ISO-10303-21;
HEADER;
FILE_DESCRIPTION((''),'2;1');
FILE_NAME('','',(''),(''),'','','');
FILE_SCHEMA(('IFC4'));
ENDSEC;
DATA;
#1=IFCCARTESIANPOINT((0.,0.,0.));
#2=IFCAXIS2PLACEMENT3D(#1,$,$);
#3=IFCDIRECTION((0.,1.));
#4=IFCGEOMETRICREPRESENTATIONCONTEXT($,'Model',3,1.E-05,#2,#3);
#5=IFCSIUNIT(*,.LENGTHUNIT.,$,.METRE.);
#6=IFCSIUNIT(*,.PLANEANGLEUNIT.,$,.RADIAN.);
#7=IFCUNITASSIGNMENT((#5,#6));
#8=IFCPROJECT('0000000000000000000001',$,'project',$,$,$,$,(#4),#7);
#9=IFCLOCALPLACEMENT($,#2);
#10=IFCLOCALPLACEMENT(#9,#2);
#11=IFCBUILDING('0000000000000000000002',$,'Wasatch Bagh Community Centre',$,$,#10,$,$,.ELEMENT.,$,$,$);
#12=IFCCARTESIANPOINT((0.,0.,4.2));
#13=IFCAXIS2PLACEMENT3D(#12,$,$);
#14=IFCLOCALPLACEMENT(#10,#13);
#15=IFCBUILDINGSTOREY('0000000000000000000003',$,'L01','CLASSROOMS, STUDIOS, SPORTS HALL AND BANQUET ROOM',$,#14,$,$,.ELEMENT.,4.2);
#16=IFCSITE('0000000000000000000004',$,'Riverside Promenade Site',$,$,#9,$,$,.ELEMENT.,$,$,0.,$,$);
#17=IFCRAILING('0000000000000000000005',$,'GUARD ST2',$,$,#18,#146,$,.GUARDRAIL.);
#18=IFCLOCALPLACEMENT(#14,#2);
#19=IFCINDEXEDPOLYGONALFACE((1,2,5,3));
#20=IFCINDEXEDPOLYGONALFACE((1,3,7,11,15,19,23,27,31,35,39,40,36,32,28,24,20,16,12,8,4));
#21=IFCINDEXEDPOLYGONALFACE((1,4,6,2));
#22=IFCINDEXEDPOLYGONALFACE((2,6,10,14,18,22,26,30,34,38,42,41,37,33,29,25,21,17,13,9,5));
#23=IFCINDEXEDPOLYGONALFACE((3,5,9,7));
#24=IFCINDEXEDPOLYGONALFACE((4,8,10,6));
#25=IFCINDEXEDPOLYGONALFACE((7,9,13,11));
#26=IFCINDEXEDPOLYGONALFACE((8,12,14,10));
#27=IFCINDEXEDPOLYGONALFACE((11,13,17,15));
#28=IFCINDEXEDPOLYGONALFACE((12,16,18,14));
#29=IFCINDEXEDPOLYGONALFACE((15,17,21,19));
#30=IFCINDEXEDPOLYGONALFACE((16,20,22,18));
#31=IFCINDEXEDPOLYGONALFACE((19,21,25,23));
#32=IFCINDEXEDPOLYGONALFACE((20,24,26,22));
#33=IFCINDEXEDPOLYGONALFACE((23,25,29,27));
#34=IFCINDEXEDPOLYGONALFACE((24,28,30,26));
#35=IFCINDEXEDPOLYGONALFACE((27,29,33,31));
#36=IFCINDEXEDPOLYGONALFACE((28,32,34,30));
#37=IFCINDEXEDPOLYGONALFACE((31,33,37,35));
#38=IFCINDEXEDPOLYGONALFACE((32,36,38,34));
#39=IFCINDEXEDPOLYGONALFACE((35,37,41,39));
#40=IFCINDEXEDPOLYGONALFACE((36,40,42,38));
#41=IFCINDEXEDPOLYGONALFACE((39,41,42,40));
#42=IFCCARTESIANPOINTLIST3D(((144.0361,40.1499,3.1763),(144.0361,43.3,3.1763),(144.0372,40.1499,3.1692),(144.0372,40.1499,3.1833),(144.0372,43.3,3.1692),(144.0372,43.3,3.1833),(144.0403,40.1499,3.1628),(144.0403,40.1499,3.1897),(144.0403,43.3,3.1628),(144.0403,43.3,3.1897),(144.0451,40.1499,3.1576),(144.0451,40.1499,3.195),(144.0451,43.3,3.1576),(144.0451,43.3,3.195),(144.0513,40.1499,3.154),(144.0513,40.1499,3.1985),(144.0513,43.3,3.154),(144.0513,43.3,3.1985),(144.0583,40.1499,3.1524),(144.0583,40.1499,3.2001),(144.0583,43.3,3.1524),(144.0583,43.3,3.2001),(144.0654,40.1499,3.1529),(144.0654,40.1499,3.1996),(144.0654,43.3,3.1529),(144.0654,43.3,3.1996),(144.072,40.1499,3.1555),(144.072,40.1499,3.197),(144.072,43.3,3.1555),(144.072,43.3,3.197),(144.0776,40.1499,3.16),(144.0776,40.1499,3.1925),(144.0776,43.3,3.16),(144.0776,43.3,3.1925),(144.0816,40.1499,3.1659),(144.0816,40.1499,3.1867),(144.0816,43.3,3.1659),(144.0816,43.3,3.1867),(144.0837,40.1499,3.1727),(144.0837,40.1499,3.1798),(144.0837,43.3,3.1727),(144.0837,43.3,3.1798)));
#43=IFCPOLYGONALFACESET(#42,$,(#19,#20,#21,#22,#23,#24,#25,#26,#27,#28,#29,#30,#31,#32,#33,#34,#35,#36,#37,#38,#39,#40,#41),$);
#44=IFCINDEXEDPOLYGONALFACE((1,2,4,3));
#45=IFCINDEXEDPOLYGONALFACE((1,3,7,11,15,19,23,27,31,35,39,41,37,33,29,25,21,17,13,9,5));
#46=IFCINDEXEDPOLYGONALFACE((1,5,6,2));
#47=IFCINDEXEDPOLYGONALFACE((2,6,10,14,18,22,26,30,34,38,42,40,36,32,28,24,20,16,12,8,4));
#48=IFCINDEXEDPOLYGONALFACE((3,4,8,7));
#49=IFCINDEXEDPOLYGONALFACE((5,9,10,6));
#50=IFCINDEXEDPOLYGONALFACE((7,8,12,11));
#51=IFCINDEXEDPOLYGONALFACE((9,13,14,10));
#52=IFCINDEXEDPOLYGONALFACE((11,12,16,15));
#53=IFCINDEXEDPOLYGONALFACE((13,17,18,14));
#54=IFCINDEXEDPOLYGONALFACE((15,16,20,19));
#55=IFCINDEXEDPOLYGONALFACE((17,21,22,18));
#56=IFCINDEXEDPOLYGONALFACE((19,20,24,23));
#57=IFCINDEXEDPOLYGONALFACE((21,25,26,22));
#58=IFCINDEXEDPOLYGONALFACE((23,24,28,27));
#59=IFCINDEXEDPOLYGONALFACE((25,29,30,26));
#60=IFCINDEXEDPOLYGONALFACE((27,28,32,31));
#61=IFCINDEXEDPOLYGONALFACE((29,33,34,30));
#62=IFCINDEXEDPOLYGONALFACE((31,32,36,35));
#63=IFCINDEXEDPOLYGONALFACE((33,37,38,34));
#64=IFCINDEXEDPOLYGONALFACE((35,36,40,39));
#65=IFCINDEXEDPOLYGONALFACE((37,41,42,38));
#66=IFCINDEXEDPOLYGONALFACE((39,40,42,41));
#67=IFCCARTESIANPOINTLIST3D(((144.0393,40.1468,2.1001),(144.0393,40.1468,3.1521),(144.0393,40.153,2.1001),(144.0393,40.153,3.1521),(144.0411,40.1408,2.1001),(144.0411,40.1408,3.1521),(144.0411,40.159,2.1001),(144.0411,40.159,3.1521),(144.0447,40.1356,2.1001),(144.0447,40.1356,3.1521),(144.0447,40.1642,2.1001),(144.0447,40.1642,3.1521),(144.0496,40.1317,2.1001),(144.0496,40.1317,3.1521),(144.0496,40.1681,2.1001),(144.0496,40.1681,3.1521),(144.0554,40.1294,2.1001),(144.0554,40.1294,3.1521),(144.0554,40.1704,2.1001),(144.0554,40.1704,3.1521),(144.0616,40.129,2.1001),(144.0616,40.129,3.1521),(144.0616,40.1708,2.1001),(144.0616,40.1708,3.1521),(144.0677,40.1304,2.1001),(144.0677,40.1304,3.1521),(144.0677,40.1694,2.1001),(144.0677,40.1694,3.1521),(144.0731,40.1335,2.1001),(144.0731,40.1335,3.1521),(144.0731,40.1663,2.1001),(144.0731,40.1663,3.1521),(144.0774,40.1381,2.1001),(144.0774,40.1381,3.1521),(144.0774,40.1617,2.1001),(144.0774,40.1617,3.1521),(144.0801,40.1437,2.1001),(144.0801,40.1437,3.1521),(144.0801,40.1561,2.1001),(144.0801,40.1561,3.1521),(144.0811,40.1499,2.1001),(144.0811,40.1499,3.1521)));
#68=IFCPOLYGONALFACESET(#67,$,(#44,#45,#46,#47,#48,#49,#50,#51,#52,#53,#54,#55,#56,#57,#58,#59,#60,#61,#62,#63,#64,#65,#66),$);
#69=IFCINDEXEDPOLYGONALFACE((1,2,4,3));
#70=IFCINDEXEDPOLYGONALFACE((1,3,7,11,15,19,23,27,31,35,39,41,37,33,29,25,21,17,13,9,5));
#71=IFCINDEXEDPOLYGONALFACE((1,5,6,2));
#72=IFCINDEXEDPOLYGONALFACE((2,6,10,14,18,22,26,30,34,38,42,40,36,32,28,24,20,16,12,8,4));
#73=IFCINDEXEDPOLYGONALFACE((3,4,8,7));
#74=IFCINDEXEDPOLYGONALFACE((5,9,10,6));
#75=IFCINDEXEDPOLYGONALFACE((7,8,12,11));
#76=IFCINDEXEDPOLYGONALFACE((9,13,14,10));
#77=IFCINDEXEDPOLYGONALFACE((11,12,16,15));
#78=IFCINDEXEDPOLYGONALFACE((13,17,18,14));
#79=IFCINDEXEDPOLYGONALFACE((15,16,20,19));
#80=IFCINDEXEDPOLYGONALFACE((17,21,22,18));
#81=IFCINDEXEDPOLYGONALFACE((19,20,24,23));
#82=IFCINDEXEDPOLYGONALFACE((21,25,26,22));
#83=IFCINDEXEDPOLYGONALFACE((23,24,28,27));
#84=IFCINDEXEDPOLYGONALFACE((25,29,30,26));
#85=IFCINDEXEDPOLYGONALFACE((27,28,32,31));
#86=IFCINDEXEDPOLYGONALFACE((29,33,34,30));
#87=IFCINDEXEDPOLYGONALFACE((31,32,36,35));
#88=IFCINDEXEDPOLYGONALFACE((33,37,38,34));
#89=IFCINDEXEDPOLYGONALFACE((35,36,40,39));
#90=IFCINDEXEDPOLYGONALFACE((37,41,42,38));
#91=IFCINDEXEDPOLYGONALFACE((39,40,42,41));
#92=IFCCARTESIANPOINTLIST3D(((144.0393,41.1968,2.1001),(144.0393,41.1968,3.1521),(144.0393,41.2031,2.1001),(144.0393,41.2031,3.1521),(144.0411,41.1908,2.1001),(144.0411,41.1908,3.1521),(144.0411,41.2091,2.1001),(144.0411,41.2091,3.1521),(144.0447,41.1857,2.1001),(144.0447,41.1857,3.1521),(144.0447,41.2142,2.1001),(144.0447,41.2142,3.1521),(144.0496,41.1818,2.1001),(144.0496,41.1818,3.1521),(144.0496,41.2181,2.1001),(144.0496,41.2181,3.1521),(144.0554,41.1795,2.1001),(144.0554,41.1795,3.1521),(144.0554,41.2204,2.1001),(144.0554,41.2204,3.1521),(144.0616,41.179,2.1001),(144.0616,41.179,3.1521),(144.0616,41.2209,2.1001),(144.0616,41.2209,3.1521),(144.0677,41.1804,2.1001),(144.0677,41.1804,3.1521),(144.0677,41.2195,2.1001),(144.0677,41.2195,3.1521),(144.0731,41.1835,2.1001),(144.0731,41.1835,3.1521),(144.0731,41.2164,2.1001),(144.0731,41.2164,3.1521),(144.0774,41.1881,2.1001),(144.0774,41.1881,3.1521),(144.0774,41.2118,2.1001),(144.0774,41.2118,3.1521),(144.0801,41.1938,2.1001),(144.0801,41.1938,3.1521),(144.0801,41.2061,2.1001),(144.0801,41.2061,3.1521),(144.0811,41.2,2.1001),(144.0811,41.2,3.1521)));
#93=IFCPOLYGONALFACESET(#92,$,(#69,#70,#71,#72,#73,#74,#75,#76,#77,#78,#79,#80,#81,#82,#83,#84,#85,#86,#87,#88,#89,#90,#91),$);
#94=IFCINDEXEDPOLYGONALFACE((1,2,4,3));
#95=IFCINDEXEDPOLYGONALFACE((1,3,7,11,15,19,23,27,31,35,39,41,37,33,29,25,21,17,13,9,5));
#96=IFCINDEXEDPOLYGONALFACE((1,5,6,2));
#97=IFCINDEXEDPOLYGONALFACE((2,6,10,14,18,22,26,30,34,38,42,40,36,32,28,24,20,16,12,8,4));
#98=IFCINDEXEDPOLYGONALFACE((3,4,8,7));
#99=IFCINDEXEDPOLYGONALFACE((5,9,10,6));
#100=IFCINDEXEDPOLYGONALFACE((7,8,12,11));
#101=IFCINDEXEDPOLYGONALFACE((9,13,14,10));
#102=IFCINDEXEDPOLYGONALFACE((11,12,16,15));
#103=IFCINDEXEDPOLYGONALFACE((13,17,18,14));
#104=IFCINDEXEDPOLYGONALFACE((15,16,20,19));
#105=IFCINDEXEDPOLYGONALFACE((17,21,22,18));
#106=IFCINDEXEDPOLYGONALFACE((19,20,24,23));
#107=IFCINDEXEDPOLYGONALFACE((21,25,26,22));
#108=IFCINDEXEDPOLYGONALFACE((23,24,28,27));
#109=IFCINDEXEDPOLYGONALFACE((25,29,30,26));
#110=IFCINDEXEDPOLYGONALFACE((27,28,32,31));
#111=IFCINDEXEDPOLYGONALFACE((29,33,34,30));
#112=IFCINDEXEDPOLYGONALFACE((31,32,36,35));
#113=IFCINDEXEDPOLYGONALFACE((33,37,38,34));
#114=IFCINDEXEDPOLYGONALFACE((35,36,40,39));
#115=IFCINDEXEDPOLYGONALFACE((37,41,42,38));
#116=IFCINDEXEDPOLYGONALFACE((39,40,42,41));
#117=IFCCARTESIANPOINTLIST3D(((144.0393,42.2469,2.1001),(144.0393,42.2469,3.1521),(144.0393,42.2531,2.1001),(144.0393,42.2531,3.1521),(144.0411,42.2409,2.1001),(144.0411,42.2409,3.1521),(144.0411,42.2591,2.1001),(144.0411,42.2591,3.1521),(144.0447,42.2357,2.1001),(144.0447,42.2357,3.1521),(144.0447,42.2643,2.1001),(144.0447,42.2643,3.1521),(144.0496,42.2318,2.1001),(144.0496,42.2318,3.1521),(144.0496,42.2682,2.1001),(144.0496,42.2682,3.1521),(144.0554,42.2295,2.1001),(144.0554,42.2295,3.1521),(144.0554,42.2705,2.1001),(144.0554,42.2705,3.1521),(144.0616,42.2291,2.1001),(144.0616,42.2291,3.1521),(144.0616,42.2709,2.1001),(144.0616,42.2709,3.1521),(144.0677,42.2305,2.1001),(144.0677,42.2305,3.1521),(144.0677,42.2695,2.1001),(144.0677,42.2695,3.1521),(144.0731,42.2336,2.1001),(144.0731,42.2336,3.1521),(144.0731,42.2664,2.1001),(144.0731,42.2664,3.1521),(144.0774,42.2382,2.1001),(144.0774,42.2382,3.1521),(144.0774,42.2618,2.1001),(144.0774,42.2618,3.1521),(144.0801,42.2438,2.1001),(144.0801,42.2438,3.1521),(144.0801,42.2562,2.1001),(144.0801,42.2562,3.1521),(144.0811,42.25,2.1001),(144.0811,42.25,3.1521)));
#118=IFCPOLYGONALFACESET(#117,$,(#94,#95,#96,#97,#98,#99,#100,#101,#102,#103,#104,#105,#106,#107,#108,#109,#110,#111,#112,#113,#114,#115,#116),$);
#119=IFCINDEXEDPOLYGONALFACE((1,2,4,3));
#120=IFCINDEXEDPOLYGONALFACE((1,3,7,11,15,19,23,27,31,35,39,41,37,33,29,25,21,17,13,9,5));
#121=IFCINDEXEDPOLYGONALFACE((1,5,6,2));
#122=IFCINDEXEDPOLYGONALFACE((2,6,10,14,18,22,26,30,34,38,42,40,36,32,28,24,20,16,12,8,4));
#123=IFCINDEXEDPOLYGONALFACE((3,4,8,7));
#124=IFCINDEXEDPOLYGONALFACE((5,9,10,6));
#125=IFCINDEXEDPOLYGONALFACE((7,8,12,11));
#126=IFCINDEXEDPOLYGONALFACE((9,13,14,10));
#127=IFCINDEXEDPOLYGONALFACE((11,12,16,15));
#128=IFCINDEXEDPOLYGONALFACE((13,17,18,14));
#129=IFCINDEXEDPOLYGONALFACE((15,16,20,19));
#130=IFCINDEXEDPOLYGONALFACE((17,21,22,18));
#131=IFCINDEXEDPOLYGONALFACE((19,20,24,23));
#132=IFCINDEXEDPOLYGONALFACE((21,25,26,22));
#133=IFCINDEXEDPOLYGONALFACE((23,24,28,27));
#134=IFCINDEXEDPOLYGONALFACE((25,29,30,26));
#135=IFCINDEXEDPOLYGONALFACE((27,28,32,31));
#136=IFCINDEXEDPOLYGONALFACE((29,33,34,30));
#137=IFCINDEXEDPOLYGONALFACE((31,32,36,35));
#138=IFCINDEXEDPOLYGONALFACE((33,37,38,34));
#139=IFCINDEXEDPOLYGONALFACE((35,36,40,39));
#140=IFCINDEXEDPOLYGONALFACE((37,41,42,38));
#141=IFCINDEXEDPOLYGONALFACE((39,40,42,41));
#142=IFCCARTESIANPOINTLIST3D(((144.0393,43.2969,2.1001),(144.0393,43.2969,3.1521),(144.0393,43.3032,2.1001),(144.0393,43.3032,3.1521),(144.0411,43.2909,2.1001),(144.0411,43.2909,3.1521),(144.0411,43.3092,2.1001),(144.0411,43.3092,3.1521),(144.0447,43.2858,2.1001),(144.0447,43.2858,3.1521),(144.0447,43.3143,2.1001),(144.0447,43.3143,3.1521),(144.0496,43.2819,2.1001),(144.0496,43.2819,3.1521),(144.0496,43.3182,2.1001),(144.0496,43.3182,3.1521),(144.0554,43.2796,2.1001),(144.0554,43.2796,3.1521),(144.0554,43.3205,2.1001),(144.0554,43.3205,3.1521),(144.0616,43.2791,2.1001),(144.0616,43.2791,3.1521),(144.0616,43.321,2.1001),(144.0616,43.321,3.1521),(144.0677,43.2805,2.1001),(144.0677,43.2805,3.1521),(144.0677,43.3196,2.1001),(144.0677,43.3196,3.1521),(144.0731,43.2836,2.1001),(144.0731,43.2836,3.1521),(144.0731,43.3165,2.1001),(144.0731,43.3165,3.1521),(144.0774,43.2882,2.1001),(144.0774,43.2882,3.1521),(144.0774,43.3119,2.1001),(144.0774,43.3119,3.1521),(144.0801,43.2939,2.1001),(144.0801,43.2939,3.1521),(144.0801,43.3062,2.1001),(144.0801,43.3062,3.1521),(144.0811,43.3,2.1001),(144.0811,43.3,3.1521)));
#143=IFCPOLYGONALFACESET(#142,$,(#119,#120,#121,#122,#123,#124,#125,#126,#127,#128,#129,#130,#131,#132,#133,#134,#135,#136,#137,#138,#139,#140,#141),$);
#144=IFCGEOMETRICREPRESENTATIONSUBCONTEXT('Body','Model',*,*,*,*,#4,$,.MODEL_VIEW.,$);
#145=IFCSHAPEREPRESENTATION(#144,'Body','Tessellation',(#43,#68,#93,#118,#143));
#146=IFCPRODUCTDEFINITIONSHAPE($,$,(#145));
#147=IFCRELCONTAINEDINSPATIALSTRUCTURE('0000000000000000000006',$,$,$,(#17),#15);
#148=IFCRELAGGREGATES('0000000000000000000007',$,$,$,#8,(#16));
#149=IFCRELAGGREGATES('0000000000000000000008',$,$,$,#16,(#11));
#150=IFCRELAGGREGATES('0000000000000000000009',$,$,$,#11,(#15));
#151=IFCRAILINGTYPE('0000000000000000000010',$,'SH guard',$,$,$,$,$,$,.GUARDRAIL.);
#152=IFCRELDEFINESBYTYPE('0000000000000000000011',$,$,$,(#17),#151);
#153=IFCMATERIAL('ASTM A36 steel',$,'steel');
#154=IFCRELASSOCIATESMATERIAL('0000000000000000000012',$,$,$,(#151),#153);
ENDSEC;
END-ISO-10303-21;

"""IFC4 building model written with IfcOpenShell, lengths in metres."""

from ifc_helpers import new_model, si_unit, direction, frame, origin, origin_2d, place, context, subcontext, project, spatial, circle, extrude, material, type_object, element, save


model = new_model("IFC4")

# Units and contexts
model_context = context("Model", 3, precision=1e-05, world=origin(), true_north=direction((0.0, 1.0)))
body_context = subcontext(model_context, "Body", "Model", "MODEL_VIEW")
ifc_project = project(units=[si_unit("LENGTHUNIT", "METRE"), si_unit("PLANEANGLEUNIT", "RADIAN")], contexts=[model_context])

# Site, building, storey
site_placement = place(None, origin())
site = spatial("IfcSite", under=ifc_project, at=site_placement, Name="Riverside Promenade Site", CompositionType="ELEMENT", RefElevation=0.0)
building_placement = place(site_placement, origin())
building = spatial("IfcBuilding", under=site, at=building_placement, Name="Wasatch Bagh Community Centre", CompositionType="ELEMENT")
storey_placement = place(building_placement, frame((0.0, 0.0, 4.2)))
storey = spatial("IfcBuildingStorey", under=building, at=storey_placement, Name="L01", Description="CLASSROOMS, STUDIOS, SPORTS HALL AND BANQUET ROOM", CompositionType="ELEMENT", Elevation=4.2)

# Railing
ifc_material_1 = material(Name="ASTM A36 steel", Category="steel")
railing_type_1 = type_object("IfcRailingType", Name="SH guard", PredefinedType="GUARDRAIL", material=ifc_material_1)
railing_1_placement = place(storey_placement, frame((144.0601, 40.1499, 2.1001)))
element("IfcRailing", 1, at=railing_1_placement, inside=storey, type_object=railing_type_1, Name="GUARD ST2", PredefinedType="GUARDRAIL", context=body_context, shape_type="SweptSolid", body=[
    extrude(circle(Radius=0.0239, at=origin_2d()), frame((0.0, 0.0, 1.0762), z_axis=(0.0, 1.0, 0.0), x_axis=(-1.0, 0.0, 0.0)), (0.0, 0.0, 1.0), 3.1501),
    extrude(circle(Radius=0.021, at=origin_2d()), origin(), (0.0, 0.0, 1.0), 1.052),
    extrude(circle(Radius=0.021, at=origin_2d()), frame((0.0, 1.05, 0.0)), (0.0, 0.0, 1.0), 1.052),
    extrude(circle(Radius=0.021, at=origin_2d()), frame((0.0, 2.1001, 0.0)), (0.0, 0.0, 1.0), 1.052),
    extrude(circle(Radius=0.021, at=origin_2d()), frame((0.0, 3.1501, 0.0)), (0.0, 0.0, 1.0), 1.052),
])

save(model, "model.ifc")
